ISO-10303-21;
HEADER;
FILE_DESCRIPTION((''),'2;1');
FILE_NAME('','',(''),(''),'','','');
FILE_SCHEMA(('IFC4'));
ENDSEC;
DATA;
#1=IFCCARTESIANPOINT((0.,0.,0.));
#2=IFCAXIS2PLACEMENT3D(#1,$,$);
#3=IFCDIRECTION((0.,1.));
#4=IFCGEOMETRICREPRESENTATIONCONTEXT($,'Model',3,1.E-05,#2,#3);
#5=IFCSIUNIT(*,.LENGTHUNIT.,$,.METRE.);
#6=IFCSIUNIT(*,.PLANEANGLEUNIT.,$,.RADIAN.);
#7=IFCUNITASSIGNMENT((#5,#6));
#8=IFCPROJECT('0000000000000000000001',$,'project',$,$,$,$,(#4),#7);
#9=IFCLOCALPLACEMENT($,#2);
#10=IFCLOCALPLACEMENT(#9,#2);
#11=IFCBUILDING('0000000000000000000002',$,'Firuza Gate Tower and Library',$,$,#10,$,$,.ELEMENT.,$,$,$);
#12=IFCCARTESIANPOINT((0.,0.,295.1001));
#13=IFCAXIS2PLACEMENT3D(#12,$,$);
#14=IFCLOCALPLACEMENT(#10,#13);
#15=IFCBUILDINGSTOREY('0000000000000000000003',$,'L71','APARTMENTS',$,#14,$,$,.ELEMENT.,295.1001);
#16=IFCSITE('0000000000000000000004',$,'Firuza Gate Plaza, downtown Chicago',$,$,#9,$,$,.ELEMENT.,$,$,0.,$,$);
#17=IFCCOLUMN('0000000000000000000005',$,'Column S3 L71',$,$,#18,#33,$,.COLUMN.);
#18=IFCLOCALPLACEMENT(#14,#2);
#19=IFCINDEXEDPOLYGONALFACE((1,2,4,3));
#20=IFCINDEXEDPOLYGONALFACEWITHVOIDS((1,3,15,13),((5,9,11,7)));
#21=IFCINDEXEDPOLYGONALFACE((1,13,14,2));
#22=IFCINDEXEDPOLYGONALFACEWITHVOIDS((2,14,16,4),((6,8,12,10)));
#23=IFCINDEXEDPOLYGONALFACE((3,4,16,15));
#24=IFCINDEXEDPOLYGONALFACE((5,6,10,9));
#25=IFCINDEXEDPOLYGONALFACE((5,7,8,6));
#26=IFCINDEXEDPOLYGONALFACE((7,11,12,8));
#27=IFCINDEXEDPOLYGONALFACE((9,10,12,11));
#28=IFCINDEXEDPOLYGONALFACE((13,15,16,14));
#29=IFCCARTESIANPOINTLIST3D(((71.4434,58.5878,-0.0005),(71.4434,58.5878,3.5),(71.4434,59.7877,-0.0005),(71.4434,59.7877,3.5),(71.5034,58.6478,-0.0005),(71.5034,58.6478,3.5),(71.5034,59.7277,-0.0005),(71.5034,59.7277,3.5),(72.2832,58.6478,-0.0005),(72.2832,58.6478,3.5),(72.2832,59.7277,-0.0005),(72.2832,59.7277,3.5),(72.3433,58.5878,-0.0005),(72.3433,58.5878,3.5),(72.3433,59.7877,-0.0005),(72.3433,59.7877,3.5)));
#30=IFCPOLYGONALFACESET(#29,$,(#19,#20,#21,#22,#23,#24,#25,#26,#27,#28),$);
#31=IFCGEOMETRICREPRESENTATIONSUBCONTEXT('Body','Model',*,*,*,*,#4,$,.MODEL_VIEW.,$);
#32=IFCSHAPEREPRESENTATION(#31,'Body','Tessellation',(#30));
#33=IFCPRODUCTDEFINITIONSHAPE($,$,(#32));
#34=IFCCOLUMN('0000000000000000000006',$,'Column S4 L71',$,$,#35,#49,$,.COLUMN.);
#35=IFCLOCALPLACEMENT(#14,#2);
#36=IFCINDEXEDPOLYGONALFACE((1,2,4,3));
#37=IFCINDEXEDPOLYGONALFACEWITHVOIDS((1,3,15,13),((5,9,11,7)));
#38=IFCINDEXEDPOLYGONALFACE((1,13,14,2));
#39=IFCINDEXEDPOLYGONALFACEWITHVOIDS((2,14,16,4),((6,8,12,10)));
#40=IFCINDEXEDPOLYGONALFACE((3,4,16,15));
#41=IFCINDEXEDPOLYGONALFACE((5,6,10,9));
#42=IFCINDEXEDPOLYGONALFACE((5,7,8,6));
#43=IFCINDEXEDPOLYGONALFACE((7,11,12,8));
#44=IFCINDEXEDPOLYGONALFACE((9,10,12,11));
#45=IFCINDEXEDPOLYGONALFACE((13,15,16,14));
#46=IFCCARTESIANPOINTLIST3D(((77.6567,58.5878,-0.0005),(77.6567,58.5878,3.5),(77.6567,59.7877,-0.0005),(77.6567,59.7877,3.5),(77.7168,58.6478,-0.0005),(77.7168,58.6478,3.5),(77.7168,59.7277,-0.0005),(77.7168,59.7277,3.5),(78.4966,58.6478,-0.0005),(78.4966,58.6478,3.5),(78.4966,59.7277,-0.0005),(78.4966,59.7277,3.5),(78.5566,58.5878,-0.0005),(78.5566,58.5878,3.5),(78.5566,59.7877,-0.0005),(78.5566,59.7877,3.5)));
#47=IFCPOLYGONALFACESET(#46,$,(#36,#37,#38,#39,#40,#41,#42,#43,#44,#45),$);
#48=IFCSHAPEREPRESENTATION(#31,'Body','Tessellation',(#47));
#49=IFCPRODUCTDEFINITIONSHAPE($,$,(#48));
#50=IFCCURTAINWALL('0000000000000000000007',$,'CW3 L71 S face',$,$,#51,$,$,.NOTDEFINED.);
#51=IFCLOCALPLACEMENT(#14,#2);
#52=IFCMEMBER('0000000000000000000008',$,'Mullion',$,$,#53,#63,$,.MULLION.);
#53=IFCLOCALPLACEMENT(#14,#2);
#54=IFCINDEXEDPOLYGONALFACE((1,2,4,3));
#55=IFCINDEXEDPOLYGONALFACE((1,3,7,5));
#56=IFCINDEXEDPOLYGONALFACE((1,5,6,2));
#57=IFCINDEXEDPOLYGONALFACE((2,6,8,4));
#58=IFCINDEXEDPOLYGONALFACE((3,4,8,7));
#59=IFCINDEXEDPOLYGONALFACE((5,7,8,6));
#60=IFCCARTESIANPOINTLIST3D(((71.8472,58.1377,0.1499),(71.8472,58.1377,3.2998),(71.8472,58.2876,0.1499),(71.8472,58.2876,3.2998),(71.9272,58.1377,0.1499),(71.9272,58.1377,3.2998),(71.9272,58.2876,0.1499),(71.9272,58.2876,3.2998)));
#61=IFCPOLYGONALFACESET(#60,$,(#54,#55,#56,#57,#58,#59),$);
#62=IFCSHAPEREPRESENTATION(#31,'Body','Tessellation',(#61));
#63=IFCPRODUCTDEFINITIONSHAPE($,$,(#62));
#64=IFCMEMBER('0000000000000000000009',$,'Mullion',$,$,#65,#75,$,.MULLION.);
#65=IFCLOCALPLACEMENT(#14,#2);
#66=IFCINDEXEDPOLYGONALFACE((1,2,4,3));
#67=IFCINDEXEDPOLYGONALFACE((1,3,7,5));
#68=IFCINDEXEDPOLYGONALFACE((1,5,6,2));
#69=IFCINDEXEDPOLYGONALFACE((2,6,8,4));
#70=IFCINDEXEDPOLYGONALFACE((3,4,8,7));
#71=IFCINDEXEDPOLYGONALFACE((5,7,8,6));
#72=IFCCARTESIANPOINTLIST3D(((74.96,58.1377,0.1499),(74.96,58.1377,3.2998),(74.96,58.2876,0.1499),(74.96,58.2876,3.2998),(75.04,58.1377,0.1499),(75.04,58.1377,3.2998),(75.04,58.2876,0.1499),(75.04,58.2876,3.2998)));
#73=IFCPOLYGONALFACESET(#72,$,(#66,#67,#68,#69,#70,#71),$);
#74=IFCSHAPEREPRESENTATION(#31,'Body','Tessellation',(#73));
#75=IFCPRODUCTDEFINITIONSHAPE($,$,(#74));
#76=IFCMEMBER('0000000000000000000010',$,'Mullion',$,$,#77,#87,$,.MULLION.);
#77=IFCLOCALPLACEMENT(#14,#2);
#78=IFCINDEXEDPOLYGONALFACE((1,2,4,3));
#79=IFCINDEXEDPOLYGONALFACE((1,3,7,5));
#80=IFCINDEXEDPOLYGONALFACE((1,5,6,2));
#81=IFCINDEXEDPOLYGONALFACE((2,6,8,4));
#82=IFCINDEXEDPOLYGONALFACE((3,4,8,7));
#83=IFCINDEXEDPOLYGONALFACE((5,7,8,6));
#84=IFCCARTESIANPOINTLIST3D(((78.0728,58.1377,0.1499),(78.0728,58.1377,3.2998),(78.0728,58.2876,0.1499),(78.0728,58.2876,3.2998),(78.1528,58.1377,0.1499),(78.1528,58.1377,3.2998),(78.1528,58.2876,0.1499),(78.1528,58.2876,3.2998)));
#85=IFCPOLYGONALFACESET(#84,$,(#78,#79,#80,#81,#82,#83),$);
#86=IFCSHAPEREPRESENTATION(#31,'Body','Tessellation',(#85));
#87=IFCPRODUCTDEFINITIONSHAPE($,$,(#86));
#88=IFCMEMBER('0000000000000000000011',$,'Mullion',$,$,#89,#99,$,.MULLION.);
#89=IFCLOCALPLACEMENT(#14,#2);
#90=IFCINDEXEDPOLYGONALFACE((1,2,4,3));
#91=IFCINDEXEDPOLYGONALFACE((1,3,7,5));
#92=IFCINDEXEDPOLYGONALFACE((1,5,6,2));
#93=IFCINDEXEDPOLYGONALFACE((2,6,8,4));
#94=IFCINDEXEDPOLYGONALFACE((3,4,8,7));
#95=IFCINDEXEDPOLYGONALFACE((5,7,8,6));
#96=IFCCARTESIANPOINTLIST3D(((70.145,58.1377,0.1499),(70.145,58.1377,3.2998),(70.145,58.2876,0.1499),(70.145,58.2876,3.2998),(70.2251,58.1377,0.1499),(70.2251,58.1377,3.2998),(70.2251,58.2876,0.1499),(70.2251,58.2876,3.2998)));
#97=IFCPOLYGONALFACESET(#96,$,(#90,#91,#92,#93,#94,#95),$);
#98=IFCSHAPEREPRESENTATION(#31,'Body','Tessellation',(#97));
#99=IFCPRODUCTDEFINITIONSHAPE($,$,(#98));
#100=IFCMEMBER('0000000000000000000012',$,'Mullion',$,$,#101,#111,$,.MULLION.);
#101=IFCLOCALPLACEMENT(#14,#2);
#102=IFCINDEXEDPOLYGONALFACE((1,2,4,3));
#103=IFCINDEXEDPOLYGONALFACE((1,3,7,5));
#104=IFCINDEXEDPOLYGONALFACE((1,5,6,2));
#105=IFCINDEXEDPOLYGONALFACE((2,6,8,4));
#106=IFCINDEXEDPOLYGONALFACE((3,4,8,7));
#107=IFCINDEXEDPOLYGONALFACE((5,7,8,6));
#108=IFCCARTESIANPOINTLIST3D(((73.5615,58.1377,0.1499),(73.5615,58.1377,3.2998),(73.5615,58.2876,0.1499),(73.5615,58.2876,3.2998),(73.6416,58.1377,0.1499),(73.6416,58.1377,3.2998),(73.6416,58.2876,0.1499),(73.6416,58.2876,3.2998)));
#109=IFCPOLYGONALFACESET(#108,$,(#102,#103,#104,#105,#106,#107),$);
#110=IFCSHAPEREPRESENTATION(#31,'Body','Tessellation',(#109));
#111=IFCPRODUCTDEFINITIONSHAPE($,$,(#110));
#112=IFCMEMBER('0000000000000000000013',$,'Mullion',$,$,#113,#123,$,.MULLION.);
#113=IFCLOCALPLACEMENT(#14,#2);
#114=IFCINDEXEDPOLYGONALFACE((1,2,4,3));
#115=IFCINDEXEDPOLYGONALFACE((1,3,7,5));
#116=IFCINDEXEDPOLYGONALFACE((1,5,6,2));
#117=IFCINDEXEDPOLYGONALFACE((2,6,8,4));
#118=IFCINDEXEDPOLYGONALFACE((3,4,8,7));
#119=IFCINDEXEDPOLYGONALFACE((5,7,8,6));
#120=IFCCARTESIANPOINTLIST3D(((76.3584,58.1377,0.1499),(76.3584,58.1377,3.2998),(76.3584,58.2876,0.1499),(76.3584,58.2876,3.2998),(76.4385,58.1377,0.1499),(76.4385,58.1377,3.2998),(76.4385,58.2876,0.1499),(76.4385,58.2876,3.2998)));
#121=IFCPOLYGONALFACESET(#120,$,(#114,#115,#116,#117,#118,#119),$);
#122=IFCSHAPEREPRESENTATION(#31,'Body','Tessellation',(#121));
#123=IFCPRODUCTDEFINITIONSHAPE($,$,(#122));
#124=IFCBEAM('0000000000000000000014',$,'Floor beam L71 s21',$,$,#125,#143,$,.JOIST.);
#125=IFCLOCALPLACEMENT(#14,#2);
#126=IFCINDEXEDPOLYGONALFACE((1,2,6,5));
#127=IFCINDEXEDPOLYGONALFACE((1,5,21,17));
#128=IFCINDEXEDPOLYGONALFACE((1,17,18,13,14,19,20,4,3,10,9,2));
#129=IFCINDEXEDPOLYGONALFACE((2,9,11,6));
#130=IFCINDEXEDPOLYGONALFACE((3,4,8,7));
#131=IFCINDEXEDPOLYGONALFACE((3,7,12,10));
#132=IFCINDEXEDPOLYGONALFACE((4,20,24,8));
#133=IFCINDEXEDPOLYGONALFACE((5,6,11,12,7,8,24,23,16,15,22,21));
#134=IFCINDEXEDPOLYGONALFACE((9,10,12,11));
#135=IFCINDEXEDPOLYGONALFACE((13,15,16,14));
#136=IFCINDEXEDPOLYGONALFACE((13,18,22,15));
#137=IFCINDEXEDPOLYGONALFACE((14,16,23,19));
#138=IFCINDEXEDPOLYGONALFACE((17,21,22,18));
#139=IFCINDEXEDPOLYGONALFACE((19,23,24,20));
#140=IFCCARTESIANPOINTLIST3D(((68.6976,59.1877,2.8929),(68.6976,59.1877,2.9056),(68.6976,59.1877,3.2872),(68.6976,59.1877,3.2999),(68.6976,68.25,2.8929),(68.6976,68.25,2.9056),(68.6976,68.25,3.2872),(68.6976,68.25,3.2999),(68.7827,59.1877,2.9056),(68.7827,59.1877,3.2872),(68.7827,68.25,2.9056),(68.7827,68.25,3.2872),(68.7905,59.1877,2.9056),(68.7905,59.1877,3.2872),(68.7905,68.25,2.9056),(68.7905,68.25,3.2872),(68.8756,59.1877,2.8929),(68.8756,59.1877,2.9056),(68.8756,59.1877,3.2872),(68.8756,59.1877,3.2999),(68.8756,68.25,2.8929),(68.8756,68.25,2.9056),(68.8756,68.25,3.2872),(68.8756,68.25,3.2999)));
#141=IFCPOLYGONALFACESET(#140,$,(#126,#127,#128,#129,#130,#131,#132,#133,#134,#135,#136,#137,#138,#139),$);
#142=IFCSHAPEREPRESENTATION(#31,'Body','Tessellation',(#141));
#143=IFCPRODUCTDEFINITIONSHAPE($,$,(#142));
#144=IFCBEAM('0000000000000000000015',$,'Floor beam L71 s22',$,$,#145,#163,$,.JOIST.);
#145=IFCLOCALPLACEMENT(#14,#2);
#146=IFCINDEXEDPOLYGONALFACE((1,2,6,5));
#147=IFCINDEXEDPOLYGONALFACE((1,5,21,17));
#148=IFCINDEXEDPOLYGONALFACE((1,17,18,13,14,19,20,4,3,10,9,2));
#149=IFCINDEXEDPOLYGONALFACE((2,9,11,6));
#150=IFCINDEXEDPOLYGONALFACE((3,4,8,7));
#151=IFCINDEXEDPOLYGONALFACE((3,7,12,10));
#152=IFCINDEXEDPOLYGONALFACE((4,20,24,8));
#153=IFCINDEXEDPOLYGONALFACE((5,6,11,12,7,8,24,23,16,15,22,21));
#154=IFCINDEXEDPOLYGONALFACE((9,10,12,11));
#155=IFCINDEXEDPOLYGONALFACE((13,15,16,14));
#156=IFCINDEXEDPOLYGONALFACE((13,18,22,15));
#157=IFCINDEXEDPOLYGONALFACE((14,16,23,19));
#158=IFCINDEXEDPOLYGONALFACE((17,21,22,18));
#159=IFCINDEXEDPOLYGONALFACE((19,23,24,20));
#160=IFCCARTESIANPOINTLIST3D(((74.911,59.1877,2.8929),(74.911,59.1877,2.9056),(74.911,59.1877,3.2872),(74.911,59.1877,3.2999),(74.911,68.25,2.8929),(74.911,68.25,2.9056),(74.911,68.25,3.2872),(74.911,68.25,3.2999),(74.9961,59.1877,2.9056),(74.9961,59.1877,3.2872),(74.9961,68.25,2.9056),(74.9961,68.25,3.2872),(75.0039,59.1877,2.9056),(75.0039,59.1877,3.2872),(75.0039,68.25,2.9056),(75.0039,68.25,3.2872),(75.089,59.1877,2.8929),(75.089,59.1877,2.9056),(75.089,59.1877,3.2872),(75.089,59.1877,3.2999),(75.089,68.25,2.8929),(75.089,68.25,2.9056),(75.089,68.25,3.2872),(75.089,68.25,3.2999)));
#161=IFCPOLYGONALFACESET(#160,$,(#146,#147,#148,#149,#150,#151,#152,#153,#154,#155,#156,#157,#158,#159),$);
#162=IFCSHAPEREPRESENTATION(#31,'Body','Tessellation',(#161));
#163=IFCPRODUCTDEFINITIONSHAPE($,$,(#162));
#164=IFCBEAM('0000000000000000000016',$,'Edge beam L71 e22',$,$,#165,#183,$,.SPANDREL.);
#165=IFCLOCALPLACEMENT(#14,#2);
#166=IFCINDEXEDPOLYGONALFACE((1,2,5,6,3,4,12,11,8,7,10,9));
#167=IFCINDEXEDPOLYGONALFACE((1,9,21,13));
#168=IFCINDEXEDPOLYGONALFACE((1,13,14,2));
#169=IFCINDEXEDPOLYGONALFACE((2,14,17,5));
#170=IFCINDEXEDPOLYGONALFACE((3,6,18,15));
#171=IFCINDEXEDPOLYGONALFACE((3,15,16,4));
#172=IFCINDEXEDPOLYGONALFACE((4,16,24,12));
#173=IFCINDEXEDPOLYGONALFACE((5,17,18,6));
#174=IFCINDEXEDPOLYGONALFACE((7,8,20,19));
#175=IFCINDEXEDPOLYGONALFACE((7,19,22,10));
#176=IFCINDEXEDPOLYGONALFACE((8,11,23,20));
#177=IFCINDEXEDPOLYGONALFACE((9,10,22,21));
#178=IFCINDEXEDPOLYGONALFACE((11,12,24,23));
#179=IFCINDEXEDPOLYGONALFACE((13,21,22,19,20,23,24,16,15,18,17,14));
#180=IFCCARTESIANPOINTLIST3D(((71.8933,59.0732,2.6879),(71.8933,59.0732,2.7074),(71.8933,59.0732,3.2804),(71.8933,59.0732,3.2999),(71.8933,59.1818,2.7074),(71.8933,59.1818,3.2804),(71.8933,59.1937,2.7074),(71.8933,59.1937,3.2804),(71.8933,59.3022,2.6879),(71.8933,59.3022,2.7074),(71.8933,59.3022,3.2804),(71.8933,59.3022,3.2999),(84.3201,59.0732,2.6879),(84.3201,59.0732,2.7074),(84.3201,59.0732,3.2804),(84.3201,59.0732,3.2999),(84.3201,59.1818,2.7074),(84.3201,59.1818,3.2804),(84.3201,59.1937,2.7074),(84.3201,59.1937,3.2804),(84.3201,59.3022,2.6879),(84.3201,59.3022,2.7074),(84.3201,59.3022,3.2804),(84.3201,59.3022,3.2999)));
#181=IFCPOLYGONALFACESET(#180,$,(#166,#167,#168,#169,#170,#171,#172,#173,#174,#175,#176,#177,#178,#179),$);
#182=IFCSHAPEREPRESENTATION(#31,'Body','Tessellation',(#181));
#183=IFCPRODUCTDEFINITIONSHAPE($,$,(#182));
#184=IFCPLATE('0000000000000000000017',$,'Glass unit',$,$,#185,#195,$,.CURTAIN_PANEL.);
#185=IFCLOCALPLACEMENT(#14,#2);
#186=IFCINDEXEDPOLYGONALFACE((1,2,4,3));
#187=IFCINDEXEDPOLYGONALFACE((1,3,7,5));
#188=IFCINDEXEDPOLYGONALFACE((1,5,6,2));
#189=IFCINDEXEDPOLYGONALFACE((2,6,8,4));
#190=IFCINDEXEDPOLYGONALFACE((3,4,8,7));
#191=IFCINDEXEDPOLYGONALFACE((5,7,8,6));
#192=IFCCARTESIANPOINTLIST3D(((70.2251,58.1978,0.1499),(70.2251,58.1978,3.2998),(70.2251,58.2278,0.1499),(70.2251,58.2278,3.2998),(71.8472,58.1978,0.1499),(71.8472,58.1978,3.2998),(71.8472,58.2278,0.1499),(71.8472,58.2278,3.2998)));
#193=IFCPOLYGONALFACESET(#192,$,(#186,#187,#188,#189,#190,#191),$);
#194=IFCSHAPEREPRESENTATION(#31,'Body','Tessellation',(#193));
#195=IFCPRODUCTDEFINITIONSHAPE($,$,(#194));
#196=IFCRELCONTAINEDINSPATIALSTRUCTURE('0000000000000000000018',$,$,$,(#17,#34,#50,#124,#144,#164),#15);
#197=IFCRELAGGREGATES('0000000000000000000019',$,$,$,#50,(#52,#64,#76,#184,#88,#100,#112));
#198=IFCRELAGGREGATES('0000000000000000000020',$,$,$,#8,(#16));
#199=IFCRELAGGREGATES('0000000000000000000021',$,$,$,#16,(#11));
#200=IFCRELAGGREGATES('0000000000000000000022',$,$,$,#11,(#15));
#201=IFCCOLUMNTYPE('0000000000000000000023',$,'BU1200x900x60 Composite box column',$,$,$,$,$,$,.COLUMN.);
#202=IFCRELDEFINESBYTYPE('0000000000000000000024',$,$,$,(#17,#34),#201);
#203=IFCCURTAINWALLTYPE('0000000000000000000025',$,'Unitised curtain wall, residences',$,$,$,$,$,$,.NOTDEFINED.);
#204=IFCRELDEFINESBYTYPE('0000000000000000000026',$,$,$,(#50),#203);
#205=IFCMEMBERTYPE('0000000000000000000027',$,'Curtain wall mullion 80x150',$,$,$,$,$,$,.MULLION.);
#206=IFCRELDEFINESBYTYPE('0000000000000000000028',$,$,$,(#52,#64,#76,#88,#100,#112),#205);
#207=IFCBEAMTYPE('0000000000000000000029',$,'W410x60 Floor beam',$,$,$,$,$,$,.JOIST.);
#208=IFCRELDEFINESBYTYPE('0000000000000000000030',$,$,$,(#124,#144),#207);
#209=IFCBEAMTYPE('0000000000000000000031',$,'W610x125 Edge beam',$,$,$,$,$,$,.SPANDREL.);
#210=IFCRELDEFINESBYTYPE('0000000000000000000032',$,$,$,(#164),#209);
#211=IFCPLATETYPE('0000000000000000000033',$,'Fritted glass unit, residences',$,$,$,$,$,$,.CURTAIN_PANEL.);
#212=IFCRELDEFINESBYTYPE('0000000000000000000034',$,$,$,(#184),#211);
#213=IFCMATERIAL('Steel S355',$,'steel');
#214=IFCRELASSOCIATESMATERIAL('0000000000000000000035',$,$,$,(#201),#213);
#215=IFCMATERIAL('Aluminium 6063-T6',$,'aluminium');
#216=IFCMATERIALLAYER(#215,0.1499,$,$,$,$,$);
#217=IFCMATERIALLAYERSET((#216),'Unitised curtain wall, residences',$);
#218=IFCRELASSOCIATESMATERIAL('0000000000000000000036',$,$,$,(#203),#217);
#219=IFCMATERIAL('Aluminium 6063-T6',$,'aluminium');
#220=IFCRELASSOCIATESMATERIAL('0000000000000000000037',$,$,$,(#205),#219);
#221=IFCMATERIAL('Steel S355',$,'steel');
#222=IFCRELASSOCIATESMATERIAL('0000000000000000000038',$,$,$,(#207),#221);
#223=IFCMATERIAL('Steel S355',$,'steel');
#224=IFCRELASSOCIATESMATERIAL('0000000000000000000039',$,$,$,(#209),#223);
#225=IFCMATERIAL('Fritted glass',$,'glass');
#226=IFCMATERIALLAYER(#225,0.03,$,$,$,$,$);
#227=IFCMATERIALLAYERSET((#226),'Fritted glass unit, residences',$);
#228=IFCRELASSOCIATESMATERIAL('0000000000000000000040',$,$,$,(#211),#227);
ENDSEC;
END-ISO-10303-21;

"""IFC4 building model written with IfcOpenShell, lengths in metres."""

from ifc_helpers import new_model, si_unit, direction, frame, origin, origin_2d, place, context, subcontext, project, spatial, polyline, rectangle, hollow_rectangle, i_section, outline, extrude, material, layer, layer_set, material_profile, profile_set, type_object, element, aggregate, save


model = new_model("IFC4")

# Units and contexts
model_context = context("Model", 3, precision=1e-05, world=origin(), true_north=direction((0.0, 1.0)))
body_context = subcontext(model_context, "Body", "Model", "MODEL_VIEW")
ifc_project = project(units=[si_unit("LENGTHUNIT", "METRE"), si_unit("PLANEANGLEUNIT", "RADIAN")], contexts=[model_context])

# Site, building, storey
site_placement = place(None, origin())
site = spatial("IfcSite", under=ifc_project, at=site_placement, Name="Firuza Gate Plaza, downtown Chicago", CompositionType="ELEMENT", RefElevation=0.0)
building_placement = place(site_placement, origin())
building = spatial("IfcBuilding", under=site, at=building_placement, Name="Firuza Gate Tower and Library", CompositionType="ELEMENT")
storey_placement = place(building_placement, frame((0.0, 0.0, 295.1001)))
storey = spatial("IfcBuildingStorey", under=building, at=storey_placement, Name="L71", Description="APARTMENTS", CompositionType="ELEMENT", Elevation=295.1001)

# Columns
ifc_material_1 = material(Name="Steel S355", Category="steel")
ifc_material_profile_1 = material_profile(ifc_material_1, hollow_rectangle(XDim=0.8999, YDim=1.2, WallThickness=0.0601, at=origin_2d()))
ifc_profile_set_1 = profile_set([ifc_material_profile_1], Name="Steel S355")
column_type = type_object("IfcColumnType", Name="BU1200x900x60 Composite box column", PredefinedType="COLUMN", material=ifc_profile_set_1)
for number, where, z_axis, x_axis, name in (
    (1, (71.8933, 59.1877, -0.0005), (0.0, 0.0, 1.0), (1.0, 0.0, 0.0), "Column S3 L71"),
    (2, (78.1067, 59.1877, -0.0005), (0.0, 0.0, 1.0), (1.0, 0.0, 0.0), "Column S4 L71"),
):
    element("IfcColumn", number, at=place(storey_placement, frame(where, z_axis=z_axis, x_axis=x_axis)), inside=storey, type_object=column_type, Name=name, PredefinedType="COLUMN", context=body_context, shape_type="SweptSolid", body=[
        extrude(hollow_rectangle(XDim=0.8999, YDim=1.2, WallThickness=0.0601, at=origin_2d()), origin(), (0.0, 0.0, 1.0), 3.5005),
    ])

# Curtain wall, members
ifc_material_2 = material(Name="Aluminium 6063-T6", Category="aluminium")
ifc_layer_1 = layer(ifc_material_2, 0.1499)
ifc_layer_set_1 = layer_set([ifc_layer_1], Name="Unitised curtain wall, residences")
curtain_wall_type = type_object("IfcCurtainWallType", Name="Unitised curtain wall, residences", PredefinedType="NOTDEFINED", material=ifc_layer_set_1)
curtain_wall_placement = place(storey_placement, origin())
curtain_wall = element("IfcCurtainWall", 3, at=curtain_wall_placement, inside=storey, type_object=curtain_wall_type, Name="CW3 L71 S face", PredefinedType="NOTDEFINED")
ifc_material_3 = material(Name="Aluminium 6063-T6", Category="aluminium")
ifc_material_profile_2 = material_profile(ifc_material_3, rectangle(XDim=0.1499, YDim=0.0801, at=origin_2d()))
ifc_profile_set_2 = profile_set([ifc_material_profile_2], Name="Aluminium 6063-T6")
member_type = type_object("IfcMemberType", Name="Curtain wall mullion 80x150", PredefinedType="MULLION", material=ifc_profile_set_2)
member_1_placement = place(storey_placement, frame((71.8872, 58.2126, 0.1499), z_axis=(0.0, 0.0, 1.0), x_axis=(0.0, 1.0, 0.0)))
member_1 = element("IfcMember", 4, at=member_1_placement, type_object=member_type, Name="Mullion", PredefinedType="MULLION", context=body_context, shape_type="SweptSolid", body=[
    extrude(rectangle(XDim=0.1499, YDim=0.0801, at=origin_2d()), origin(), (0.0, 0.0, 1.0), 3.1499),
])
member_2_placement = place(storey_placement, frame((75.0, 58.2126, 0.1499), z_axis=(0.0, 0.0, 1.0), x_axis=(0.0, 1.0, 0.0)))
member_2 = element("IfcMember", 5, at=member_2_placement, type_object=member_type, Name="Mullion", PredefinedType="MULLION", context=body_context, shape_type="SweptSolid", body=[
    extrude(rectangle(XDim=0.1499, YDim=0.0801, at=origin_2d()), origin(), (0.0, 0.0, 1.0), 3.1499),
])
member_3_placement = place(storey_placement, frame((78.1128, 58.2126, 0.1499), z_axis=(0.0, 0.0, 1.0), x_axis=(0.0, 1.0, 0.0)))
member_3 = element("IfcMember", 6, at=member_3_placement, type_object=member_type, Name="Mullion", PredefinedType="MULLION", context=body_context, shape_type="SweptSolid", body=[
    extrude(rectangle(XDim=0.1499, YDim=0.0801, at=origin_2d()), origin(), (0.0, 0.0, 1.0), 3.1499),
])
member_4_placement = place(storey_placement, frame((70.1851, 58.2126, 0.1499), z_axis=(0.0, 0.0, 1.0), x_axis=(0.0, 1.0, 0.0)))
member_4 = element("IfcMember", 7, at=member_4_placement, type_object=member_type, Name="Mullion", PredefinedType="MULLION", context=body_context, shape_type="SweptSolid", body=[
    extrude(rectangle(XDim=0.1499, YDim=0.0801, at=origin_2d()), origin(), (0.0, 0.0, 1.0), 3.1499),
])
member_5_placement = place(storey_placement, frame((73.6016, 58.2126, 0.1499), z_axis=(0.0, 0.0, 1.0), x_axis=(0.0, 1.0, 0.0)))
member_5 = element("IfcMember", 8, at=member_5_placement, type_object=member_type, Name="Mullion", PredefinedType="MULLION", context=body_context, shape_type="SweptSolid", body=[
    extrude(rectangle(XDim=0.1499, YDim=0.0801, at=origin_2d()), origin(), (0.0, 0.0, 1.0), 3.1499),
])
member_6_placement = place(storey_placement, frame((76.3984, 58.2126, 0.1499), z_axis=(0.0, 0.0, 1.0), x_axis=(0.0, 1.0, 0.0)))
member_6 = element("IfcMember", 9, at=member_6_placement, type_object=member_type, Name="Mullion", PredefinedType="MULLION", context=body_context, shape_type="SweptSolid", body=[
    extrude(rectangle(XDim=0.1499, YDim=0.0801, at=origin_2d()), origin(), (0.0, 0.0, 1.0), 3.1499),
])

# Beams
ifc_material_4 = material(Name="Steel S355", Category="steel")
ifc_material_profile_3 = material_profile(ifc_material_4, i_section(OverallWidth=0.178, OverallDepth=0.407, WebThickness=0.0078, FlangeThickness=0.0127, at=origin_2d()))
ifc_profile_set_3 = profile_set([ifc_material_profile_3], Name="Steel S355")
beam_type_1 = type_object("IfcBeamType", Name="W410x60 Floor beam", PredefinedType="JOIST", material=ifc_profile_set_3)
for number, where, z_axis, x_axis, name in (
    (10, (68.7866, 59.1877, 3.0964), (0.0, 1.0, 0.0), (-1.0, 0.0, 0.0), "Floor beam L71 s21"),
    (11, (75.0, 59.1877, 3.0964), (0.0, 1.0, 0.0), (-1.0, 0.0, 0.0), "Floor beam L71 s22"),
):
    element("IfcBeam", number, at=place(storey_placement, frame(where, z_axis=z_axis, x_axis=x_axis)), inside=storey, type_object=beam_type_1, Name=name, PredefinedType="JOIST", context=body_context, shape_type="SweptSolid", body=[
        extrude(i_section(OverallWidth=0.178, OverallDepth=0.407, WebThickness=0.0078, FlangeThickness=0.0127, at=origin_2d()), origin(), (0.0, 0.0, 1.0), 9.0623),
    ])
ifc_material_5 = material(Name="Steel S355", Category="steel")
ifc_material_profile_4 = material_profile(ifc_material_5, i_section(OverallWidth=0.229, OverallDepth=0.6121, WebThickness=0.012, FlangeThickness=0.0195, at=origin_2d()))
ifc_profile_set_4 = profile_set([ifc_material_profile_4], Name="Steel S355")
beam_type_2 = type_object("IfcBeamType", Name="W610x125 Edge beam", PredefinedType="SPANDREL", material=ifc_profile_set_4)
beam_placement = place(storey_placement, frame((71.8933, 59.1877, 2.9939), z_axis=(1.0, 0.0, 0.0), x_axis=(0.0, 1.0, 0.0)))
element("IfcBeam", 12, at=beam_placement, inside=storey, type_object=beam_type_2, Name="Edge beam L71 e22", PredefinedType="SPANDREL", context=body_context, shape_type="SweptSolid", body=[
    extrude(i_section(OverallWidth=0.229, OverallDepth=0.6121, WebThickness=0.012, FlangeThickness=0.0195, at=origin_2d()), origin(), (0.0, 0.0, 1.0), 12.4268),
])

# Plate
ifc_material_6 = material(Name="Fritted glass", Category="glass")
ifc_layer_2 = layer(ifc_material_6, 0.03)
ifc_layer_set_2 = layer_set([ifc_layer_2], Name="Fritted glass unit, residences")
plate_type_1 = type_object("IfcPlateType", Name="Fritted glass unit, residences", PredefinedType="CURTAIN_PANEL", material=ifc_layer_set_2)
plate_1_placement = place(storey_placement, frame((70.2251, 58.1978, 0.1499), z_axis=(0.0, -1.0, 0.0), x_axis=(1.0, 0.0, 0.0)))
plate_1 = element("IfcPlate", 13, at=plate_1_placement, type_object=plate_type_1, Name="Glass unit", PredefinedType="CURTAIN_PANEL", context=body_context, shape_type="SweptSolid", body=[
    extrude(outline(polyline([(0.0, 0.0), (1.6221, 0.0), (1.6221, 3.1499), (0.0, 3.1499), (0.0, 0.0)])), origin(), (0.0, 0.0, -1.0), 0.03),
])
aggregate(curtain_wall, [member_1, member_2, member_3, plate_1, member_4, member_5, member_6])

save(model, "model.ifc")
